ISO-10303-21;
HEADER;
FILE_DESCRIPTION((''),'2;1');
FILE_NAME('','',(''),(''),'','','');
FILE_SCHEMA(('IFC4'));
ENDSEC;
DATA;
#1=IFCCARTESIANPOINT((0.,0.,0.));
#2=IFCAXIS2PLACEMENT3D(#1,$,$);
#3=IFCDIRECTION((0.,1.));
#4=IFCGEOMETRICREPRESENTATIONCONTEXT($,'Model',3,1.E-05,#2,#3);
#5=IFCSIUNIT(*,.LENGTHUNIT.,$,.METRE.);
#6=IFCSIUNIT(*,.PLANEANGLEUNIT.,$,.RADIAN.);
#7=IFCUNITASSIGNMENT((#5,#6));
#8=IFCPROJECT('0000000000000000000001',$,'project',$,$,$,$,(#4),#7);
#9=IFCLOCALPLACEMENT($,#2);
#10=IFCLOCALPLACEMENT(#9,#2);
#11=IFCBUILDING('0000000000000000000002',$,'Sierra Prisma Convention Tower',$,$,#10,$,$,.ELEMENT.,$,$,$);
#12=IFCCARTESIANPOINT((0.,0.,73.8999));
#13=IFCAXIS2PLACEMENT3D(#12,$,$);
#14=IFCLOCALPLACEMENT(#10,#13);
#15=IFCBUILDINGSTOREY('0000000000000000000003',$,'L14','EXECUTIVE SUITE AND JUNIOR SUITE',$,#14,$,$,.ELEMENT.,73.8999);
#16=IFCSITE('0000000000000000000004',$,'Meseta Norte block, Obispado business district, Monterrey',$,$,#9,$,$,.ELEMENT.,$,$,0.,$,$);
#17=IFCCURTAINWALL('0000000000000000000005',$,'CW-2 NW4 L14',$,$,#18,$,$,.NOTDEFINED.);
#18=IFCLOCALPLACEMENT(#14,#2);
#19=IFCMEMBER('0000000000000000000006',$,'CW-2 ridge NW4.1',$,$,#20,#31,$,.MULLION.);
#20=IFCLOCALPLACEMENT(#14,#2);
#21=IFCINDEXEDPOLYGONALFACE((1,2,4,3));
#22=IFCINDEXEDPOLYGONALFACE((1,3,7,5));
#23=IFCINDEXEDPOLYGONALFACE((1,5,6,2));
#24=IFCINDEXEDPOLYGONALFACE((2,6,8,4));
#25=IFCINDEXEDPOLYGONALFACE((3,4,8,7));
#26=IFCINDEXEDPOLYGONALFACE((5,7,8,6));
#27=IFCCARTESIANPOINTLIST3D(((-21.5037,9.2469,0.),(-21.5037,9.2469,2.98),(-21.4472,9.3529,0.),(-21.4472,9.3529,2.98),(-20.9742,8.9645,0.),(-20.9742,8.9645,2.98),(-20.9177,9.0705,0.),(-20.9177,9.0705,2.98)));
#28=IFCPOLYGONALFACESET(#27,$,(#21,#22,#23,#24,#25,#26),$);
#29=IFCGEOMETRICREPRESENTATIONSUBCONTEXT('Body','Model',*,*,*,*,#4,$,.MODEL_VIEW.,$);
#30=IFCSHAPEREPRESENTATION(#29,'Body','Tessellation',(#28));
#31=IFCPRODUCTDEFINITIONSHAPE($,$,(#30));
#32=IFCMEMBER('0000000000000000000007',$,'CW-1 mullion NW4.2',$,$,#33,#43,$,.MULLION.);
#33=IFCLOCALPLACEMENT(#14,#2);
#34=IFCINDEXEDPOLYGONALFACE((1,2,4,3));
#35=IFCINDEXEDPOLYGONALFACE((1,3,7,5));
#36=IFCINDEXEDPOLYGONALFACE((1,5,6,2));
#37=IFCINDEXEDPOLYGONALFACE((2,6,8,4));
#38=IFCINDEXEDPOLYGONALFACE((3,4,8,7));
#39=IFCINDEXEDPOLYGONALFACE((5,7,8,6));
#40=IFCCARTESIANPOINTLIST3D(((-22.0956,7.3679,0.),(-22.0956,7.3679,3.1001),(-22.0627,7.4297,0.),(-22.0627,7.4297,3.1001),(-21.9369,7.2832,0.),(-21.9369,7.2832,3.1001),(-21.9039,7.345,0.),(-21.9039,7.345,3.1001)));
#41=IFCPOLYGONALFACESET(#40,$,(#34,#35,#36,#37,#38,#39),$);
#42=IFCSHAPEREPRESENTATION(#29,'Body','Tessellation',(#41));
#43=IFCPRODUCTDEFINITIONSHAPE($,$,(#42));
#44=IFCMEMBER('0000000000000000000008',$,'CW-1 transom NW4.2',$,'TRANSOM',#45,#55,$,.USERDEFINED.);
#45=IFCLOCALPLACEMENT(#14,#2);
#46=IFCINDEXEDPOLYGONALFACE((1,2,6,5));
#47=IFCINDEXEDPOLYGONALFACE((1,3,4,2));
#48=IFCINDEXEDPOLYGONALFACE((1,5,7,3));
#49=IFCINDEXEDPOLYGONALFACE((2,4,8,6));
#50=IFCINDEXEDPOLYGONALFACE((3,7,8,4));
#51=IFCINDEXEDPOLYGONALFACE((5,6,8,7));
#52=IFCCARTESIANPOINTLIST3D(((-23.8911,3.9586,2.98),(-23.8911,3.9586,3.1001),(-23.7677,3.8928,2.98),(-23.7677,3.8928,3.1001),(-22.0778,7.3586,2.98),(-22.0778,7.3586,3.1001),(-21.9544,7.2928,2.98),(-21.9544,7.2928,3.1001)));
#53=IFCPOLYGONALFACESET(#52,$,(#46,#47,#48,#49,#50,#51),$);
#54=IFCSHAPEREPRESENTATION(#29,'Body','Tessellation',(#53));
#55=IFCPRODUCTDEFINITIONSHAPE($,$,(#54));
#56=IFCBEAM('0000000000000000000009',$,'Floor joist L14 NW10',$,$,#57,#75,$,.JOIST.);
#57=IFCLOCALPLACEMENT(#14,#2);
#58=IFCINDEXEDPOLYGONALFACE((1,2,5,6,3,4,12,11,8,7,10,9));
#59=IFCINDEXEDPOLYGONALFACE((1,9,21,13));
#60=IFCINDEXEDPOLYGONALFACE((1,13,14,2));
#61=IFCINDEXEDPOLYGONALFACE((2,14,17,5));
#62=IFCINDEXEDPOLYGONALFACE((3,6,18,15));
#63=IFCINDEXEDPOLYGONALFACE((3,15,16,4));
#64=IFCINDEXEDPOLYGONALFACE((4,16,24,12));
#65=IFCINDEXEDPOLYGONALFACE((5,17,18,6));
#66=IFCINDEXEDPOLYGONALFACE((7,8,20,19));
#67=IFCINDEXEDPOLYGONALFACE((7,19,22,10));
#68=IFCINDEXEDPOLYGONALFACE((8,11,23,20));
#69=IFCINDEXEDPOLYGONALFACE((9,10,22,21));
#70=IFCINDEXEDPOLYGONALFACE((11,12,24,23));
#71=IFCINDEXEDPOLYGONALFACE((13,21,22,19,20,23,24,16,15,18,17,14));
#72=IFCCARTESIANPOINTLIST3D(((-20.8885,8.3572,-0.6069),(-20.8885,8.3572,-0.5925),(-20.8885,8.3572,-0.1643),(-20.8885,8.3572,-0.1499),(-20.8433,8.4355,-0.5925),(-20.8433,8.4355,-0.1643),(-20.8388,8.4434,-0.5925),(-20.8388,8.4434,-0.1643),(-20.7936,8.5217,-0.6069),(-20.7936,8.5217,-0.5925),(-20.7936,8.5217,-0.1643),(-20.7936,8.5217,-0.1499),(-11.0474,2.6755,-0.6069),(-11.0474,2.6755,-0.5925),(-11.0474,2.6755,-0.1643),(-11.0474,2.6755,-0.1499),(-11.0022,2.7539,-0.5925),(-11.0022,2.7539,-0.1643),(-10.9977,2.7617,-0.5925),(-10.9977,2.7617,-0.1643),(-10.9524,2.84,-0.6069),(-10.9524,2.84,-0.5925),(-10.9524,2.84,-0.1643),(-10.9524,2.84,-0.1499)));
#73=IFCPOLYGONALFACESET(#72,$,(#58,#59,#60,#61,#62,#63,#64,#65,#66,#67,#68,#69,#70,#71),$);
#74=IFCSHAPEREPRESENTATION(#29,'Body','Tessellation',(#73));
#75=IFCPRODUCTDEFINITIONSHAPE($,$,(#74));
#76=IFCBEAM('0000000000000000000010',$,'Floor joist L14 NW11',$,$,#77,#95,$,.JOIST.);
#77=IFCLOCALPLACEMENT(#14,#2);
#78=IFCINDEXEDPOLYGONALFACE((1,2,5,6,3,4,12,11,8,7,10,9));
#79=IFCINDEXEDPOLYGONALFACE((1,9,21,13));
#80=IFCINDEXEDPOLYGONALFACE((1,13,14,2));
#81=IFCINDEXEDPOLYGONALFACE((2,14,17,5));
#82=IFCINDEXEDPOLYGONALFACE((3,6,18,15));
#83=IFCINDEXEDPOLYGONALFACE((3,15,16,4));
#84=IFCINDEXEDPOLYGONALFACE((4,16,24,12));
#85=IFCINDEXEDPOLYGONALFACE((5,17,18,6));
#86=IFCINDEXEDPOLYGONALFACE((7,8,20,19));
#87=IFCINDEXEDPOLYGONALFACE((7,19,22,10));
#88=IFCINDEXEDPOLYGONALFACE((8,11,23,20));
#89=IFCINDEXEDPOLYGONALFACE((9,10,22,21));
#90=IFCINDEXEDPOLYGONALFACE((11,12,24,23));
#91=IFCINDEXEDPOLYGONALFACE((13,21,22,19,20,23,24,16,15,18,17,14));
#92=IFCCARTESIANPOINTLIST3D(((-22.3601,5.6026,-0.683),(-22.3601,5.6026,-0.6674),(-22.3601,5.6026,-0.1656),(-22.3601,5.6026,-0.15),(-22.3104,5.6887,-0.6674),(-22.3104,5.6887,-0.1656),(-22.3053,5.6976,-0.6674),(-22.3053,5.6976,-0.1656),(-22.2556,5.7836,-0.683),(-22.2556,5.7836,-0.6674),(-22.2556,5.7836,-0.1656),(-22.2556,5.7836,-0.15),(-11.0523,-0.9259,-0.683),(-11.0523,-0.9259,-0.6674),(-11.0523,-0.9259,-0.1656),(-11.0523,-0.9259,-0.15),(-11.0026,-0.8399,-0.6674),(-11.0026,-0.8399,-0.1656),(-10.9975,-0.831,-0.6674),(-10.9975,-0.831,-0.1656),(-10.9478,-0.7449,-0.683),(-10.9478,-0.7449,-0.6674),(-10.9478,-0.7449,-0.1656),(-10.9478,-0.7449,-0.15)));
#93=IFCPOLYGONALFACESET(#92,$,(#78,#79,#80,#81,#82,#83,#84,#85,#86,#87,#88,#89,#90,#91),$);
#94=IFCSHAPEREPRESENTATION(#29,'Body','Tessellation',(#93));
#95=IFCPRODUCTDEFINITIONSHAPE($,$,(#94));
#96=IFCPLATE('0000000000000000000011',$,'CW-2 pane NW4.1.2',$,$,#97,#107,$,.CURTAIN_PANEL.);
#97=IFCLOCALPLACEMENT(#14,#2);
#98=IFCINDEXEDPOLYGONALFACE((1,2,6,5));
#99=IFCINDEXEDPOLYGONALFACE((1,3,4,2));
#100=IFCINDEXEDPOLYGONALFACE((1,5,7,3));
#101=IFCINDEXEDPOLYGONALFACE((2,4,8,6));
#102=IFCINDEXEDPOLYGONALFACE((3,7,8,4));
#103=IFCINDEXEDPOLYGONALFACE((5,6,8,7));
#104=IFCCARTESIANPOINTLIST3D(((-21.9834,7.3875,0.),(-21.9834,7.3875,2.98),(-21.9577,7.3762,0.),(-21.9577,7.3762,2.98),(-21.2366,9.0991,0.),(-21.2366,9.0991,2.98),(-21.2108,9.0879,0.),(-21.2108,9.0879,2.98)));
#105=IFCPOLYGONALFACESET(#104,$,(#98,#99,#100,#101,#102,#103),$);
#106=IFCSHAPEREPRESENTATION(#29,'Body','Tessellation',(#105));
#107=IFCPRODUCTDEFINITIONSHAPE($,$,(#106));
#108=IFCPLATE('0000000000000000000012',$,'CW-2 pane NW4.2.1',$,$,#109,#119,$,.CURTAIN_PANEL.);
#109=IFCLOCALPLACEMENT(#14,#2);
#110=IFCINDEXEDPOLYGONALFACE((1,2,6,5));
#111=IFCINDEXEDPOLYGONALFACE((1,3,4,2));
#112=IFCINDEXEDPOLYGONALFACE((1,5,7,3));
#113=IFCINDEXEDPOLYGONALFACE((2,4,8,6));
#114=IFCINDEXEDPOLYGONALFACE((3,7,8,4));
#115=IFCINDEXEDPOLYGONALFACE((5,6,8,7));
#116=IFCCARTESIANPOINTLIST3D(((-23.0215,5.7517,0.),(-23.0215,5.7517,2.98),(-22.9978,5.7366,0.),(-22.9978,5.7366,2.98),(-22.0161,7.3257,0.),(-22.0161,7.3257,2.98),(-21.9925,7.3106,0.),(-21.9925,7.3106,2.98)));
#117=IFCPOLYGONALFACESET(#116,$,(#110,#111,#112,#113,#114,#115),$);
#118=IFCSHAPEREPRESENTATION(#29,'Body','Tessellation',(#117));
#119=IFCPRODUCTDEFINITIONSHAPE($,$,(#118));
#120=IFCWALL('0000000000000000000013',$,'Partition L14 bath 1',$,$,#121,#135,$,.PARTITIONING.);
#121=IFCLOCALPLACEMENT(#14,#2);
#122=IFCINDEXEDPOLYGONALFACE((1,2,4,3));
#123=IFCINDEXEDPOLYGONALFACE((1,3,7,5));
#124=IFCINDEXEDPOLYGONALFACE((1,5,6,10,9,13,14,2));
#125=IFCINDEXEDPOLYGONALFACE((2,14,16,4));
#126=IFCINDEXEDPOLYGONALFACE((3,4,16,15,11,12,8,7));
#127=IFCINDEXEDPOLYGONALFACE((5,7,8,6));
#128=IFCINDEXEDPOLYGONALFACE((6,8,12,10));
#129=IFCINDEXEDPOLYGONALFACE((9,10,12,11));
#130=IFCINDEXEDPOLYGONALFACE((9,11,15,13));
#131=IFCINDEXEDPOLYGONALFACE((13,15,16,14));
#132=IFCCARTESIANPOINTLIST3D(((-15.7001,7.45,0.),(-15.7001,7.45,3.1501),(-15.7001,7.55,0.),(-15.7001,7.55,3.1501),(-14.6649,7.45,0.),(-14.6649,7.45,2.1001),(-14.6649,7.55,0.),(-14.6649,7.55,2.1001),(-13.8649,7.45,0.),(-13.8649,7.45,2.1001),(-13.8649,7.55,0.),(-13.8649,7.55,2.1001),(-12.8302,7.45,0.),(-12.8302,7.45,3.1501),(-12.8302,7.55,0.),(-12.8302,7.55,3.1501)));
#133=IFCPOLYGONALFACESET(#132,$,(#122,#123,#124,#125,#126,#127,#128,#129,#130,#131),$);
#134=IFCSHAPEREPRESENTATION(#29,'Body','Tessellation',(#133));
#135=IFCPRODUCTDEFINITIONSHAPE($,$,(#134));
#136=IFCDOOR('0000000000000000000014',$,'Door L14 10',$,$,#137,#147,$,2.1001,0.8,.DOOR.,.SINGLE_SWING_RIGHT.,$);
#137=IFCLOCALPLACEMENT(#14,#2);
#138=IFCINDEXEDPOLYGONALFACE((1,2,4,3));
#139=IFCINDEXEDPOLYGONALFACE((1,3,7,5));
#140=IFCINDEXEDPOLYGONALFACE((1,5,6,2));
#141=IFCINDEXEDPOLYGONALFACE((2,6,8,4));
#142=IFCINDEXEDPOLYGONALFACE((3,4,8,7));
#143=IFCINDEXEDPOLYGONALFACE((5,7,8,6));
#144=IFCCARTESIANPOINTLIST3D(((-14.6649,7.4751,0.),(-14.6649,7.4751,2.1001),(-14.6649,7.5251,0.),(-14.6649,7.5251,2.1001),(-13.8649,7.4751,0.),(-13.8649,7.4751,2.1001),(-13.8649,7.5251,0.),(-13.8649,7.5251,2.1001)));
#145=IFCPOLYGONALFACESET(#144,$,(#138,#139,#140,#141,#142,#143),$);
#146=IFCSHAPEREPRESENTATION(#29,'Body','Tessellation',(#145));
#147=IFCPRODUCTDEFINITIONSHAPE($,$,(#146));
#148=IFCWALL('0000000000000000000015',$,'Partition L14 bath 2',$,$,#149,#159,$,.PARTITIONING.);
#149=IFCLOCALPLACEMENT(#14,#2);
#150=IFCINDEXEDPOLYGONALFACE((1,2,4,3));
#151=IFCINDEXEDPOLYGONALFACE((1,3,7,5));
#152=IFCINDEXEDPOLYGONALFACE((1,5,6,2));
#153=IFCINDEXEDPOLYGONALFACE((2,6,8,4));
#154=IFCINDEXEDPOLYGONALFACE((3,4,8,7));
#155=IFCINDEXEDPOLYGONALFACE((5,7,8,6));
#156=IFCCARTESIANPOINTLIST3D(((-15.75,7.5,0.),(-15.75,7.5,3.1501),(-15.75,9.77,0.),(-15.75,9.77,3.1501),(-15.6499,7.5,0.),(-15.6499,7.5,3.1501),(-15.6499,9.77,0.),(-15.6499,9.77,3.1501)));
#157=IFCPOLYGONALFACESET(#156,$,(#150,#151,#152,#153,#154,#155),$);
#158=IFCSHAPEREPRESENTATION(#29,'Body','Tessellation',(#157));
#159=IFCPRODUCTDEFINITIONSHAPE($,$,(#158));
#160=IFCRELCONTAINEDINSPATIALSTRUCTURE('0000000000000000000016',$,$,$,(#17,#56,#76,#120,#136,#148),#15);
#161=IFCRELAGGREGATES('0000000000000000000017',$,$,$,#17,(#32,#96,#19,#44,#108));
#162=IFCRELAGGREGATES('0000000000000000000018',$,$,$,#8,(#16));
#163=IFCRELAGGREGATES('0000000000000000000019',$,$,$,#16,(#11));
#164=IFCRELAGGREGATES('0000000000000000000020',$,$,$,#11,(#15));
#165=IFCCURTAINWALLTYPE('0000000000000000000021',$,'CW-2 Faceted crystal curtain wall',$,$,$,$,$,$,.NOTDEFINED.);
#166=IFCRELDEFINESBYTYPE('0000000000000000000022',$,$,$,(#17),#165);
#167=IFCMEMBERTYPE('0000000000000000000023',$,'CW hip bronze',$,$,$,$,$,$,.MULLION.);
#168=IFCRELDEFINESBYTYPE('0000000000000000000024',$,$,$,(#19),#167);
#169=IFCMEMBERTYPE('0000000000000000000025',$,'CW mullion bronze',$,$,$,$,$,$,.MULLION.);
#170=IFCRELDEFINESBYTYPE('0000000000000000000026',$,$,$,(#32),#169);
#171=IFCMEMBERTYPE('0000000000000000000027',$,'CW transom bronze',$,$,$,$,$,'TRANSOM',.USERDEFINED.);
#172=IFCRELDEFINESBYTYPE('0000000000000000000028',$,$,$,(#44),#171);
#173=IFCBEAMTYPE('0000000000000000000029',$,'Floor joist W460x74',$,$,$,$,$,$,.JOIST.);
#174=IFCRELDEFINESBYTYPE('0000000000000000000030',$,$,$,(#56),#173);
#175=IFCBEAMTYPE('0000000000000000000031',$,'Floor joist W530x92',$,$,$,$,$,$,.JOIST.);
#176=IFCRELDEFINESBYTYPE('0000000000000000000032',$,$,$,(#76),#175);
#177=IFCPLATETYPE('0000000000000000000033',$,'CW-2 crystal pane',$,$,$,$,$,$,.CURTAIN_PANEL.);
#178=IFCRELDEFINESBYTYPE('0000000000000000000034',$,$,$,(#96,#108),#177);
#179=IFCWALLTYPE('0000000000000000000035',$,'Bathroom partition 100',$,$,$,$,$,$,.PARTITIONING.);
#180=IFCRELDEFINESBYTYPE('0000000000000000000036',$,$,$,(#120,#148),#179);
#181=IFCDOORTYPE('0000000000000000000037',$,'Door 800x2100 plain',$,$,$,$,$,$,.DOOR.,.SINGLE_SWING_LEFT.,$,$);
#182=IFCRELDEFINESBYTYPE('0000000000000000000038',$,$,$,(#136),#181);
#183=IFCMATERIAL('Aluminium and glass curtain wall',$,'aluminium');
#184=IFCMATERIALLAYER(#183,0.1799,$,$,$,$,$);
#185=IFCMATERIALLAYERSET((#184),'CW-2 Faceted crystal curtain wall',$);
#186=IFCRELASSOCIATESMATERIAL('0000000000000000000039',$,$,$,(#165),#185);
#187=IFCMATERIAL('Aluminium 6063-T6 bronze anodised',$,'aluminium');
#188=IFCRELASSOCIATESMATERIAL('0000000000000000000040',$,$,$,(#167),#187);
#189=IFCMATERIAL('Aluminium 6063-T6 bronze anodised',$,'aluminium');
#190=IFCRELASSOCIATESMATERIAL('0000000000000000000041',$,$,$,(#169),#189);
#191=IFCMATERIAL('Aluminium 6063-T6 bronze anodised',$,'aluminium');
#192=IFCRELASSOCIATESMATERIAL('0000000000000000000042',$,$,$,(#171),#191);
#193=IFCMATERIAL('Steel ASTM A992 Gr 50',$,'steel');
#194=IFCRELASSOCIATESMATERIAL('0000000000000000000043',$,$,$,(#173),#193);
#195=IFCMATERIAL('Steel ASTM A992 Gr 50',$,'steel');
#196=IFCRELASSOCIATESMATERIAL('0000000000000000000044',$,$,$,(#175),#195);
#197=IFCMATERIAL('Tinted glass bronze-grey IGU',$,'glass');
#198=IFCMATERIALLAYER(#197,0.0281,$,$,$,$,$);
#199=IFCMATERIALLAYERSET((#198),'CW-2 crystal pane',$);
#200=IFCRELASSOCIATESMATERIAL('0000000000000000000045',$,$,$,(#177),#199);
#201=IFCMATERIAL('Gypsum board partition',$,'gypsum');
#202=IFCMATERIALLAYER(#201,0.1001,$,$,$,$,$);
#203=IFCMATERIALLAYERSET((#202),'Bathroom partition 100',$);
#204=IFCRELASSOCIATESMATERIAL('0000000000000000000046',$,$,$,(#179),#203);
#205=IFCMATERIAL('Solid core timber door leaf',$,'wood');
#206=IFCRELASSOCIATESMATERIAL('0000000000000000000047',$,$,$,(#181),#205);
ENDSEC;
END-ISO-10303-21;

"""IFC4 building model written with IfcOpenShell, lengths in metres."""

from ifc_helpers import new_model, si_unit, direction, frame, frame_2d, origin, origin_2d, place, context, subcontext, project, spatial, polyline, rectangle, i_section, outline, extrude, material, layer, layer_set, material_profile, profile_set, type_object, element, fill, aggregate, save


model = new_model("IFC4")

# Units and contexts
model_context = context("Model", 3, precision=1e-05, world=origin(), true_north=direction((0.0, 1.0)))
body_context = subcontext(model_context, "Body", "Model", "MODEL_VIEW")
ifc_project = project(units=[si_unit("LENGTHUNIT", "METRE"), si_unit("PLANEANGLEUNIT", "RADIAN")], contexts=[model_context])

# Site, building, storey
site_placement = place(None, origin())
site = spatial("IfcSite", under=ifc_project, at=site_placement, Name="Meseta Norte block, Obispado business district, Monterrey", CompositionType="ELEMENT", RefElevation=0.0)
building_placement = place(site_placement, origin())
building = spatial("IfcBuilding", under=site, at=building_placement, Name="Sierra Prisma Convention Tower", CompositionType="ELEMENT")
storey_placement = place(building_placement, frame((0.0, 0.0, 73.8999)))
storey = spatial("IfcBuildingStorey", under=building, at=storey_placement, Name="L14", Description="EXECUTIVE SUITE AND JUNIOR SUITE", CompositionType="ELEMENT", Elevation=73.8999)

# Curtain wall, members
ifc_material_1 = material(Name="Aluminium and glass curtain wall", Category="aluminium")
ifc_layer_1 = layer(ifc_material_1, 0.1799)
ifc_layer_set_1 = layer_set([ifc_layer_1], Name="CW-2 Faceted crystal curtain wall")
curtain_wall_type = type_object("IfcCurtainWallType", Name="CW-2 Faceted crystal curtain wall", PredefinedType="NOTDEFINED", material=ifc_layer_set_1)
curtain_wall_placement = place(storey_placement, origin())
curtain_wall = element("IfcCurtainWall", 1, at=curtain_wall_placement, inside=storey, type_object=curtain_wall_type, Name="CW-2 NW4 L14", PredefinedType="NOTDEFINED")
ifc_material_2 = material(Name="Aluminium 6063-T6 bronze anodised", Category="aluminium")
ifc_material_profile_1 = material_profile(ifc_material_2, rectangle(XDim=0.1201, YDim=0.6001, at=origin_2d()), Name="ALU RIDGE BLADE 120x600")
ifc_profile_set_1 = profile_set([ifc_material_profile_1], Name="Aluminium 6063-T6 bronze anodised")
member_type_1 = type_object("IfcMemberType", Name="CW hip bronze", PredefinedType="MULLION", material=ifc_profile_set_1)
member_1_placement = place(storey_placement, frame((-21.2107, 9.1587, 0.0), z_axis=(0.0, 0.0, 1.0), x_axis=(-0.470524, -0.882387, 0.0)))
member_1 = element("IfcMember", 2, at=member_1_placement, type_object=member_type_1, Name="CW-2 ridge NW4.1", PredefinedType="MULLION", context=body_context, shape_type="SweptSolid", body=[
    extrude(rectangle(XDim=0.1201, YDim=0.6001, at=origin_2d()), origin(), (0.0, 0.0, 1.0), 2.98),
])
ifc_material_3 = material(Name="Aluminium 6063-T6 bronze anodised", Category="aluminium")
ifc_material_profile_2 = material_profile(ifc_material_3, rectangle(XDim=0.1799, YDim=0.0701, at=origin_2d()), Name="ALU MULLION 70x180")
ifc_profile_set_2 = profile_set([ifc_material_profile_2], Name="Aluminium 6063-T6 bronze anodised")
member_type_2 = type_object("IfcMemberType", Name="CW mullion bronze", PredefinedType="MULLION", material=ifc_profile_set_2)
member_2_placement = place(storey_placement, frame((-21.9998, 7.3564, 0.0), z_axis=(0.0, 0.0, 1.0), x_axis=(0.882387, -0.470524, 0.0)))
member_2 = element("IfcMember", 3, at=member_2_placement, type_object=member_type_2, Name="CW-1 mullion NW4.2", PredefinedType="MULLION", context=body_context, shape_type="SweptSolid", body=[
    extrude(rectangle(XDim=0.1799, YDim=0.0701, at=origin_2d()), origin(), (0.0, 0.0, 1.0), 3.1001),
])
ifc_material_4 = material(Name="Aluminium 6063-T6 bronze anodised", Category="aluminium")
ifc_material_profile_3 = material_profile(ifc_material_4, rectangle(XDim=0.1399, YDim=0.1201, at=origin_2d()), Name="ALU TRANSOM 120x140")
ifc_profile_set_3 = profile_set([ifc_material_profile_3], Name="Aluminium 6063-T6 bronze anodised")
member_type_3 = type_object("IfcMemberType", Name="CW transom bronze", ElementType="TRANSOM", PredefinedType="USERDEFINED", material=ifc_profile_set_3)
member_3_placement = place(storey_placement, frame((-22.0161, 7.3257, 3.04), z_axis=(-0.470578, -0.882358, 0.0), x_axis=(0.882358, -0.470578, 0.0)))
member_3 = element("IfcMember", 4, at=member_3_placement, type_object=member_type_3, Name="CW-1 transom NW4.2", ObjectType="TRANSOM", PredefinedType="USERDEFINED", context=body_context, shape_type="SweptSolid", body=[
    extrude(rectangle(XDim=0.1399, YDim=0.1201, at=origin_2d()), origin(), (0.0, 0.0, 1.0), 3.8533),
])

# Beams
ifc_material_5 = material(Name="Steel ASTM A992 Gr 50", Category="steel")
ifc_material_profile_4 = material_profile(ifc_material_5, i_section(OverallWidth=0.1899, OverallDepth=0.457, WebThickness=0.009, FlangeThickness=0.0144, at=origin_2d()), Name="W460x74")
ifc_profile_set_4 = profile_set([ifc_material_profile_4], Name="Steel ASTM A992 Gr 50")
beam_type_1 = type_object("IfcBeamType", Name="Floor joist W460x74", PredefinedType="JOIST", material=ifc_profile_set_4)
beam_1_placement = place(storey_placement, frame((-20.8411, 8.4395, -0.3784), z_axis=(0.866029, -0.499993, 0.0), x_axis=(0.499993, 0.866029, 0.0)))
element("IfcBeam", 5, at=beam_1_placement, inside=storey, type_object=beam_type_1, Name="Floor joist L14 NW10", PredefinedType="JOIST", context=body_context, shape_type="SweptSolid", body=[
    extrude(i_section(OverallWidth=0.1899, OverallDepth=0.457, WebThickness=0.009, FlangeThickness=0.0144, at=origin_2d()), origin(), (0.0, 0.0, 1.0), 11.3635),
])
ifc_material_6 = material(Name="Steel ASTM A992 Gr 50", Category="steel")
ifc_material_profile_5 = material_profile(ifc_material_6, i_section(OverallWidth=0.209, OverallDepth=0.533, WebThickness=0.0103, FlangeThickness=0.0156, at=origin_2d()), Name="W530x92")
ifc_profile_set_5 = profile_set([ifc_material_profile_5], Name="Steel ASTM A992 Gr 50")
beam_type_2 = type_object("IfcBeamType", Name="Floor joist W530x92", PredefinedType="JOIST", material=ifc_profile_set_5)
beam_2_placement = place(storey_placement, frame((-22.3079, 5.6931, -0.4165), z_axis=(0.866026, -0.499998, 0.0), x_axis=(0.499998, 0.866026, 0.0)))
element("IfcBeam", 6, at=beam_2_placement, inside=storey, type_object=beam_type_2, Name="Floor joist L14 NW11", PredefinedType="JOIST", context=body_context, shape_type="SweptSolid", body=[
    extrude(i_section(OverallWidth=0.209, OverallDepth=0.533, WebThickness=0.0103, FlangeThickness=0.0156, at=origin_2d()), origin(), (0.0, 0.0, 1.0), 13.0571),
])

# Plates
ifc_material_7 = material(Name="Tinted glass bronze-grey IGU", Category="glass")
ifc_layer_2 = layer(ifc_material_7, 0.0281)
ifc_layer_set_2 = layer_set([ifc_layer_2], Name="CW-2 crystal pane")
plate_type = type_object("IfcPlateType", Name="CW-2 crystal pane", PredefinedType="CURTAIN_PANEL", material=ifc_layer_set_2)
plate_1_placement = place(storey_placement, frame((-21.9834, 7.3875, 0.0), z_axis=(-0.916556, 0.399907, 0.0), x_axis=(0.399907, 0.916556, 0.0)))
plate_1 = element("IfcPlate", 7, at=plate_1_placement, type_object=plate_type, Name="CW-2 pane NW4.1.2", PredefinedType="CURTAIN_PANEL", context=body_context, shape_type="SweptSolid", body=[
    extrude(outline(polyline([(0.0, 0.0), (1.8675, 0.0), (1.8675, -2.98), (0.0, -2.98), (0.0, 0.0)])), origin(), (0.0, 0.0, -1.0), 0.0281),
])
plate_2_placement = place(storey_placement, frame((-22.0161, 7.3257, 0.0), z_axis=(-0.842751, 0.538304, 0.0), x_axis=(-0.538304, -0.842751, 0.0)))
plate_2 = element("IfcPlate", 8, at=plate_2_placement, type_object=plate_type, Name="CW-2 pane NW4.2.1", PredefinedType="CURTAIN_PANEL", context=body_context, shape_type="SweptSolid", body=[
    extrude(outline(polyline([(0.0, 0.0), (1.8677, 0.0), (1.8677, 2.98), (0.0, 2.98), (0.0, 0.0)])), origin(), (0.0, 0.0, -1.0), 0.0281),
])
aggregate(curtain_wall, [member_2, plate_1, member_1, member_3, plate_2])

# Wall, opening, door
ifc_material_8 = material(Name="Gypsum board partition", Category="gypsum")
ifc_layer_3 = layer(ifc_material_8, 0.1001)
ifc_layer_set_3 = layer_set([ifc_layer_3], Name="Bathroom partition 100")
wall_type_1 = type_object("IfcWallType", Name="Bathroom partition 100", PredefinedType="PARTITIONING", material=ifc_layer_set_3)
wall_1_placement = place(storey_placement, frame((-12.8301, 7.5, 0.0), z_axis=(0.0, 0.0, 1.0), x_axis=(-1.0, 0.0, 0.0)))
wall_1 = element("IfcWall", 9, at=wall_1_placement, inside=storey, type_object=wall_type_1, Name="Partition L14 bath 1", PredefinedType="PARTITIONING", context=body_context, shape_type="SweptSolid", body=[
    extrude(rectangle(XDim=2.8699, YDim=0.1001, at=frame_2d((1.4351, 0.0))), origin(), (0.0, 0.0, 1.0), 3.1501),
])
opening_1_placement = place(wall_1_placement, frame((1.0349, 0.0, 0.0)))
opening_1 = element("IfcOpeningElement", 10, at=opening_1_placement, cuts=wall_1, PredefinedType="OPENING", context=body_context, shape_type="SweptSolid", body=[
    extrude(rectangle(XDim=0.8, YDim=2.1001, at=frame_2d((0.3999, 1.05))), frame((0.0, 0.05, 0.0), z_axis=(0.0, -1.0, 0.0), x_axis=(1.0, 0.0, 0.0)), (0.0, 0.0, 1.0), 0.1001),
])
ifc_material_9 = material(Name="Solid core timber door leaf", Category="wood")
door_type_1 = type_object("IfcDoorType", Name="Door 800x2100 plain", OperationType="SINGLE_SWING_LEFT", PredefinedType="DOOR", material=ifc_material_9)
door_1_placement = place(opening_1_placement, origin())
door_1 = element("IfcDoor", 11, at=door_1_placement, inside=storey, type_object=door_type_1, Name="Door L14 10", OperationType="SINGLE_SWING_RIGHT", OverallHeight=2.1001, OverallWidth=0.8, PredefinedType="DOOR", context=body_context, shape_type="SweptSolid", body=[
    extrude(rectangle(XDim=0.8, YDim=2.1001, at=frame_2d((0.3999, 1.05))), frame((0.0, 0.0249, 0.0), z_axis=(0.0, -1.0, 0.0), x_axis=(1.0, 0.0, 0.0)), (0.0, 0.0, 1.0), 0.05),
])
fill(opening_1, door_1)

# Wall
wall_2_placement = place(storey_placement, frame((-15.7, 7.5, 0.0), z_axis=(0.0, 0.0, 1.0), x_axis=(0.0, 1.0, 0.0)))
element("IfcWall", 12, at=wall_2_placement, inside=storey, type_object=wall_type_1, Name="Partition L14 bath 2", PredefinedType="PARTITIONING", context=body_context, shape_type="SweptSolid", body=[
    extrude(rectangle(XDim=2.27, YDim=0.1001, at=frame_2d((1.135, 0.0))), origin(), (0.0, 0.0, 1.0), 3.1501),
])

save(model, "model.ifc")
